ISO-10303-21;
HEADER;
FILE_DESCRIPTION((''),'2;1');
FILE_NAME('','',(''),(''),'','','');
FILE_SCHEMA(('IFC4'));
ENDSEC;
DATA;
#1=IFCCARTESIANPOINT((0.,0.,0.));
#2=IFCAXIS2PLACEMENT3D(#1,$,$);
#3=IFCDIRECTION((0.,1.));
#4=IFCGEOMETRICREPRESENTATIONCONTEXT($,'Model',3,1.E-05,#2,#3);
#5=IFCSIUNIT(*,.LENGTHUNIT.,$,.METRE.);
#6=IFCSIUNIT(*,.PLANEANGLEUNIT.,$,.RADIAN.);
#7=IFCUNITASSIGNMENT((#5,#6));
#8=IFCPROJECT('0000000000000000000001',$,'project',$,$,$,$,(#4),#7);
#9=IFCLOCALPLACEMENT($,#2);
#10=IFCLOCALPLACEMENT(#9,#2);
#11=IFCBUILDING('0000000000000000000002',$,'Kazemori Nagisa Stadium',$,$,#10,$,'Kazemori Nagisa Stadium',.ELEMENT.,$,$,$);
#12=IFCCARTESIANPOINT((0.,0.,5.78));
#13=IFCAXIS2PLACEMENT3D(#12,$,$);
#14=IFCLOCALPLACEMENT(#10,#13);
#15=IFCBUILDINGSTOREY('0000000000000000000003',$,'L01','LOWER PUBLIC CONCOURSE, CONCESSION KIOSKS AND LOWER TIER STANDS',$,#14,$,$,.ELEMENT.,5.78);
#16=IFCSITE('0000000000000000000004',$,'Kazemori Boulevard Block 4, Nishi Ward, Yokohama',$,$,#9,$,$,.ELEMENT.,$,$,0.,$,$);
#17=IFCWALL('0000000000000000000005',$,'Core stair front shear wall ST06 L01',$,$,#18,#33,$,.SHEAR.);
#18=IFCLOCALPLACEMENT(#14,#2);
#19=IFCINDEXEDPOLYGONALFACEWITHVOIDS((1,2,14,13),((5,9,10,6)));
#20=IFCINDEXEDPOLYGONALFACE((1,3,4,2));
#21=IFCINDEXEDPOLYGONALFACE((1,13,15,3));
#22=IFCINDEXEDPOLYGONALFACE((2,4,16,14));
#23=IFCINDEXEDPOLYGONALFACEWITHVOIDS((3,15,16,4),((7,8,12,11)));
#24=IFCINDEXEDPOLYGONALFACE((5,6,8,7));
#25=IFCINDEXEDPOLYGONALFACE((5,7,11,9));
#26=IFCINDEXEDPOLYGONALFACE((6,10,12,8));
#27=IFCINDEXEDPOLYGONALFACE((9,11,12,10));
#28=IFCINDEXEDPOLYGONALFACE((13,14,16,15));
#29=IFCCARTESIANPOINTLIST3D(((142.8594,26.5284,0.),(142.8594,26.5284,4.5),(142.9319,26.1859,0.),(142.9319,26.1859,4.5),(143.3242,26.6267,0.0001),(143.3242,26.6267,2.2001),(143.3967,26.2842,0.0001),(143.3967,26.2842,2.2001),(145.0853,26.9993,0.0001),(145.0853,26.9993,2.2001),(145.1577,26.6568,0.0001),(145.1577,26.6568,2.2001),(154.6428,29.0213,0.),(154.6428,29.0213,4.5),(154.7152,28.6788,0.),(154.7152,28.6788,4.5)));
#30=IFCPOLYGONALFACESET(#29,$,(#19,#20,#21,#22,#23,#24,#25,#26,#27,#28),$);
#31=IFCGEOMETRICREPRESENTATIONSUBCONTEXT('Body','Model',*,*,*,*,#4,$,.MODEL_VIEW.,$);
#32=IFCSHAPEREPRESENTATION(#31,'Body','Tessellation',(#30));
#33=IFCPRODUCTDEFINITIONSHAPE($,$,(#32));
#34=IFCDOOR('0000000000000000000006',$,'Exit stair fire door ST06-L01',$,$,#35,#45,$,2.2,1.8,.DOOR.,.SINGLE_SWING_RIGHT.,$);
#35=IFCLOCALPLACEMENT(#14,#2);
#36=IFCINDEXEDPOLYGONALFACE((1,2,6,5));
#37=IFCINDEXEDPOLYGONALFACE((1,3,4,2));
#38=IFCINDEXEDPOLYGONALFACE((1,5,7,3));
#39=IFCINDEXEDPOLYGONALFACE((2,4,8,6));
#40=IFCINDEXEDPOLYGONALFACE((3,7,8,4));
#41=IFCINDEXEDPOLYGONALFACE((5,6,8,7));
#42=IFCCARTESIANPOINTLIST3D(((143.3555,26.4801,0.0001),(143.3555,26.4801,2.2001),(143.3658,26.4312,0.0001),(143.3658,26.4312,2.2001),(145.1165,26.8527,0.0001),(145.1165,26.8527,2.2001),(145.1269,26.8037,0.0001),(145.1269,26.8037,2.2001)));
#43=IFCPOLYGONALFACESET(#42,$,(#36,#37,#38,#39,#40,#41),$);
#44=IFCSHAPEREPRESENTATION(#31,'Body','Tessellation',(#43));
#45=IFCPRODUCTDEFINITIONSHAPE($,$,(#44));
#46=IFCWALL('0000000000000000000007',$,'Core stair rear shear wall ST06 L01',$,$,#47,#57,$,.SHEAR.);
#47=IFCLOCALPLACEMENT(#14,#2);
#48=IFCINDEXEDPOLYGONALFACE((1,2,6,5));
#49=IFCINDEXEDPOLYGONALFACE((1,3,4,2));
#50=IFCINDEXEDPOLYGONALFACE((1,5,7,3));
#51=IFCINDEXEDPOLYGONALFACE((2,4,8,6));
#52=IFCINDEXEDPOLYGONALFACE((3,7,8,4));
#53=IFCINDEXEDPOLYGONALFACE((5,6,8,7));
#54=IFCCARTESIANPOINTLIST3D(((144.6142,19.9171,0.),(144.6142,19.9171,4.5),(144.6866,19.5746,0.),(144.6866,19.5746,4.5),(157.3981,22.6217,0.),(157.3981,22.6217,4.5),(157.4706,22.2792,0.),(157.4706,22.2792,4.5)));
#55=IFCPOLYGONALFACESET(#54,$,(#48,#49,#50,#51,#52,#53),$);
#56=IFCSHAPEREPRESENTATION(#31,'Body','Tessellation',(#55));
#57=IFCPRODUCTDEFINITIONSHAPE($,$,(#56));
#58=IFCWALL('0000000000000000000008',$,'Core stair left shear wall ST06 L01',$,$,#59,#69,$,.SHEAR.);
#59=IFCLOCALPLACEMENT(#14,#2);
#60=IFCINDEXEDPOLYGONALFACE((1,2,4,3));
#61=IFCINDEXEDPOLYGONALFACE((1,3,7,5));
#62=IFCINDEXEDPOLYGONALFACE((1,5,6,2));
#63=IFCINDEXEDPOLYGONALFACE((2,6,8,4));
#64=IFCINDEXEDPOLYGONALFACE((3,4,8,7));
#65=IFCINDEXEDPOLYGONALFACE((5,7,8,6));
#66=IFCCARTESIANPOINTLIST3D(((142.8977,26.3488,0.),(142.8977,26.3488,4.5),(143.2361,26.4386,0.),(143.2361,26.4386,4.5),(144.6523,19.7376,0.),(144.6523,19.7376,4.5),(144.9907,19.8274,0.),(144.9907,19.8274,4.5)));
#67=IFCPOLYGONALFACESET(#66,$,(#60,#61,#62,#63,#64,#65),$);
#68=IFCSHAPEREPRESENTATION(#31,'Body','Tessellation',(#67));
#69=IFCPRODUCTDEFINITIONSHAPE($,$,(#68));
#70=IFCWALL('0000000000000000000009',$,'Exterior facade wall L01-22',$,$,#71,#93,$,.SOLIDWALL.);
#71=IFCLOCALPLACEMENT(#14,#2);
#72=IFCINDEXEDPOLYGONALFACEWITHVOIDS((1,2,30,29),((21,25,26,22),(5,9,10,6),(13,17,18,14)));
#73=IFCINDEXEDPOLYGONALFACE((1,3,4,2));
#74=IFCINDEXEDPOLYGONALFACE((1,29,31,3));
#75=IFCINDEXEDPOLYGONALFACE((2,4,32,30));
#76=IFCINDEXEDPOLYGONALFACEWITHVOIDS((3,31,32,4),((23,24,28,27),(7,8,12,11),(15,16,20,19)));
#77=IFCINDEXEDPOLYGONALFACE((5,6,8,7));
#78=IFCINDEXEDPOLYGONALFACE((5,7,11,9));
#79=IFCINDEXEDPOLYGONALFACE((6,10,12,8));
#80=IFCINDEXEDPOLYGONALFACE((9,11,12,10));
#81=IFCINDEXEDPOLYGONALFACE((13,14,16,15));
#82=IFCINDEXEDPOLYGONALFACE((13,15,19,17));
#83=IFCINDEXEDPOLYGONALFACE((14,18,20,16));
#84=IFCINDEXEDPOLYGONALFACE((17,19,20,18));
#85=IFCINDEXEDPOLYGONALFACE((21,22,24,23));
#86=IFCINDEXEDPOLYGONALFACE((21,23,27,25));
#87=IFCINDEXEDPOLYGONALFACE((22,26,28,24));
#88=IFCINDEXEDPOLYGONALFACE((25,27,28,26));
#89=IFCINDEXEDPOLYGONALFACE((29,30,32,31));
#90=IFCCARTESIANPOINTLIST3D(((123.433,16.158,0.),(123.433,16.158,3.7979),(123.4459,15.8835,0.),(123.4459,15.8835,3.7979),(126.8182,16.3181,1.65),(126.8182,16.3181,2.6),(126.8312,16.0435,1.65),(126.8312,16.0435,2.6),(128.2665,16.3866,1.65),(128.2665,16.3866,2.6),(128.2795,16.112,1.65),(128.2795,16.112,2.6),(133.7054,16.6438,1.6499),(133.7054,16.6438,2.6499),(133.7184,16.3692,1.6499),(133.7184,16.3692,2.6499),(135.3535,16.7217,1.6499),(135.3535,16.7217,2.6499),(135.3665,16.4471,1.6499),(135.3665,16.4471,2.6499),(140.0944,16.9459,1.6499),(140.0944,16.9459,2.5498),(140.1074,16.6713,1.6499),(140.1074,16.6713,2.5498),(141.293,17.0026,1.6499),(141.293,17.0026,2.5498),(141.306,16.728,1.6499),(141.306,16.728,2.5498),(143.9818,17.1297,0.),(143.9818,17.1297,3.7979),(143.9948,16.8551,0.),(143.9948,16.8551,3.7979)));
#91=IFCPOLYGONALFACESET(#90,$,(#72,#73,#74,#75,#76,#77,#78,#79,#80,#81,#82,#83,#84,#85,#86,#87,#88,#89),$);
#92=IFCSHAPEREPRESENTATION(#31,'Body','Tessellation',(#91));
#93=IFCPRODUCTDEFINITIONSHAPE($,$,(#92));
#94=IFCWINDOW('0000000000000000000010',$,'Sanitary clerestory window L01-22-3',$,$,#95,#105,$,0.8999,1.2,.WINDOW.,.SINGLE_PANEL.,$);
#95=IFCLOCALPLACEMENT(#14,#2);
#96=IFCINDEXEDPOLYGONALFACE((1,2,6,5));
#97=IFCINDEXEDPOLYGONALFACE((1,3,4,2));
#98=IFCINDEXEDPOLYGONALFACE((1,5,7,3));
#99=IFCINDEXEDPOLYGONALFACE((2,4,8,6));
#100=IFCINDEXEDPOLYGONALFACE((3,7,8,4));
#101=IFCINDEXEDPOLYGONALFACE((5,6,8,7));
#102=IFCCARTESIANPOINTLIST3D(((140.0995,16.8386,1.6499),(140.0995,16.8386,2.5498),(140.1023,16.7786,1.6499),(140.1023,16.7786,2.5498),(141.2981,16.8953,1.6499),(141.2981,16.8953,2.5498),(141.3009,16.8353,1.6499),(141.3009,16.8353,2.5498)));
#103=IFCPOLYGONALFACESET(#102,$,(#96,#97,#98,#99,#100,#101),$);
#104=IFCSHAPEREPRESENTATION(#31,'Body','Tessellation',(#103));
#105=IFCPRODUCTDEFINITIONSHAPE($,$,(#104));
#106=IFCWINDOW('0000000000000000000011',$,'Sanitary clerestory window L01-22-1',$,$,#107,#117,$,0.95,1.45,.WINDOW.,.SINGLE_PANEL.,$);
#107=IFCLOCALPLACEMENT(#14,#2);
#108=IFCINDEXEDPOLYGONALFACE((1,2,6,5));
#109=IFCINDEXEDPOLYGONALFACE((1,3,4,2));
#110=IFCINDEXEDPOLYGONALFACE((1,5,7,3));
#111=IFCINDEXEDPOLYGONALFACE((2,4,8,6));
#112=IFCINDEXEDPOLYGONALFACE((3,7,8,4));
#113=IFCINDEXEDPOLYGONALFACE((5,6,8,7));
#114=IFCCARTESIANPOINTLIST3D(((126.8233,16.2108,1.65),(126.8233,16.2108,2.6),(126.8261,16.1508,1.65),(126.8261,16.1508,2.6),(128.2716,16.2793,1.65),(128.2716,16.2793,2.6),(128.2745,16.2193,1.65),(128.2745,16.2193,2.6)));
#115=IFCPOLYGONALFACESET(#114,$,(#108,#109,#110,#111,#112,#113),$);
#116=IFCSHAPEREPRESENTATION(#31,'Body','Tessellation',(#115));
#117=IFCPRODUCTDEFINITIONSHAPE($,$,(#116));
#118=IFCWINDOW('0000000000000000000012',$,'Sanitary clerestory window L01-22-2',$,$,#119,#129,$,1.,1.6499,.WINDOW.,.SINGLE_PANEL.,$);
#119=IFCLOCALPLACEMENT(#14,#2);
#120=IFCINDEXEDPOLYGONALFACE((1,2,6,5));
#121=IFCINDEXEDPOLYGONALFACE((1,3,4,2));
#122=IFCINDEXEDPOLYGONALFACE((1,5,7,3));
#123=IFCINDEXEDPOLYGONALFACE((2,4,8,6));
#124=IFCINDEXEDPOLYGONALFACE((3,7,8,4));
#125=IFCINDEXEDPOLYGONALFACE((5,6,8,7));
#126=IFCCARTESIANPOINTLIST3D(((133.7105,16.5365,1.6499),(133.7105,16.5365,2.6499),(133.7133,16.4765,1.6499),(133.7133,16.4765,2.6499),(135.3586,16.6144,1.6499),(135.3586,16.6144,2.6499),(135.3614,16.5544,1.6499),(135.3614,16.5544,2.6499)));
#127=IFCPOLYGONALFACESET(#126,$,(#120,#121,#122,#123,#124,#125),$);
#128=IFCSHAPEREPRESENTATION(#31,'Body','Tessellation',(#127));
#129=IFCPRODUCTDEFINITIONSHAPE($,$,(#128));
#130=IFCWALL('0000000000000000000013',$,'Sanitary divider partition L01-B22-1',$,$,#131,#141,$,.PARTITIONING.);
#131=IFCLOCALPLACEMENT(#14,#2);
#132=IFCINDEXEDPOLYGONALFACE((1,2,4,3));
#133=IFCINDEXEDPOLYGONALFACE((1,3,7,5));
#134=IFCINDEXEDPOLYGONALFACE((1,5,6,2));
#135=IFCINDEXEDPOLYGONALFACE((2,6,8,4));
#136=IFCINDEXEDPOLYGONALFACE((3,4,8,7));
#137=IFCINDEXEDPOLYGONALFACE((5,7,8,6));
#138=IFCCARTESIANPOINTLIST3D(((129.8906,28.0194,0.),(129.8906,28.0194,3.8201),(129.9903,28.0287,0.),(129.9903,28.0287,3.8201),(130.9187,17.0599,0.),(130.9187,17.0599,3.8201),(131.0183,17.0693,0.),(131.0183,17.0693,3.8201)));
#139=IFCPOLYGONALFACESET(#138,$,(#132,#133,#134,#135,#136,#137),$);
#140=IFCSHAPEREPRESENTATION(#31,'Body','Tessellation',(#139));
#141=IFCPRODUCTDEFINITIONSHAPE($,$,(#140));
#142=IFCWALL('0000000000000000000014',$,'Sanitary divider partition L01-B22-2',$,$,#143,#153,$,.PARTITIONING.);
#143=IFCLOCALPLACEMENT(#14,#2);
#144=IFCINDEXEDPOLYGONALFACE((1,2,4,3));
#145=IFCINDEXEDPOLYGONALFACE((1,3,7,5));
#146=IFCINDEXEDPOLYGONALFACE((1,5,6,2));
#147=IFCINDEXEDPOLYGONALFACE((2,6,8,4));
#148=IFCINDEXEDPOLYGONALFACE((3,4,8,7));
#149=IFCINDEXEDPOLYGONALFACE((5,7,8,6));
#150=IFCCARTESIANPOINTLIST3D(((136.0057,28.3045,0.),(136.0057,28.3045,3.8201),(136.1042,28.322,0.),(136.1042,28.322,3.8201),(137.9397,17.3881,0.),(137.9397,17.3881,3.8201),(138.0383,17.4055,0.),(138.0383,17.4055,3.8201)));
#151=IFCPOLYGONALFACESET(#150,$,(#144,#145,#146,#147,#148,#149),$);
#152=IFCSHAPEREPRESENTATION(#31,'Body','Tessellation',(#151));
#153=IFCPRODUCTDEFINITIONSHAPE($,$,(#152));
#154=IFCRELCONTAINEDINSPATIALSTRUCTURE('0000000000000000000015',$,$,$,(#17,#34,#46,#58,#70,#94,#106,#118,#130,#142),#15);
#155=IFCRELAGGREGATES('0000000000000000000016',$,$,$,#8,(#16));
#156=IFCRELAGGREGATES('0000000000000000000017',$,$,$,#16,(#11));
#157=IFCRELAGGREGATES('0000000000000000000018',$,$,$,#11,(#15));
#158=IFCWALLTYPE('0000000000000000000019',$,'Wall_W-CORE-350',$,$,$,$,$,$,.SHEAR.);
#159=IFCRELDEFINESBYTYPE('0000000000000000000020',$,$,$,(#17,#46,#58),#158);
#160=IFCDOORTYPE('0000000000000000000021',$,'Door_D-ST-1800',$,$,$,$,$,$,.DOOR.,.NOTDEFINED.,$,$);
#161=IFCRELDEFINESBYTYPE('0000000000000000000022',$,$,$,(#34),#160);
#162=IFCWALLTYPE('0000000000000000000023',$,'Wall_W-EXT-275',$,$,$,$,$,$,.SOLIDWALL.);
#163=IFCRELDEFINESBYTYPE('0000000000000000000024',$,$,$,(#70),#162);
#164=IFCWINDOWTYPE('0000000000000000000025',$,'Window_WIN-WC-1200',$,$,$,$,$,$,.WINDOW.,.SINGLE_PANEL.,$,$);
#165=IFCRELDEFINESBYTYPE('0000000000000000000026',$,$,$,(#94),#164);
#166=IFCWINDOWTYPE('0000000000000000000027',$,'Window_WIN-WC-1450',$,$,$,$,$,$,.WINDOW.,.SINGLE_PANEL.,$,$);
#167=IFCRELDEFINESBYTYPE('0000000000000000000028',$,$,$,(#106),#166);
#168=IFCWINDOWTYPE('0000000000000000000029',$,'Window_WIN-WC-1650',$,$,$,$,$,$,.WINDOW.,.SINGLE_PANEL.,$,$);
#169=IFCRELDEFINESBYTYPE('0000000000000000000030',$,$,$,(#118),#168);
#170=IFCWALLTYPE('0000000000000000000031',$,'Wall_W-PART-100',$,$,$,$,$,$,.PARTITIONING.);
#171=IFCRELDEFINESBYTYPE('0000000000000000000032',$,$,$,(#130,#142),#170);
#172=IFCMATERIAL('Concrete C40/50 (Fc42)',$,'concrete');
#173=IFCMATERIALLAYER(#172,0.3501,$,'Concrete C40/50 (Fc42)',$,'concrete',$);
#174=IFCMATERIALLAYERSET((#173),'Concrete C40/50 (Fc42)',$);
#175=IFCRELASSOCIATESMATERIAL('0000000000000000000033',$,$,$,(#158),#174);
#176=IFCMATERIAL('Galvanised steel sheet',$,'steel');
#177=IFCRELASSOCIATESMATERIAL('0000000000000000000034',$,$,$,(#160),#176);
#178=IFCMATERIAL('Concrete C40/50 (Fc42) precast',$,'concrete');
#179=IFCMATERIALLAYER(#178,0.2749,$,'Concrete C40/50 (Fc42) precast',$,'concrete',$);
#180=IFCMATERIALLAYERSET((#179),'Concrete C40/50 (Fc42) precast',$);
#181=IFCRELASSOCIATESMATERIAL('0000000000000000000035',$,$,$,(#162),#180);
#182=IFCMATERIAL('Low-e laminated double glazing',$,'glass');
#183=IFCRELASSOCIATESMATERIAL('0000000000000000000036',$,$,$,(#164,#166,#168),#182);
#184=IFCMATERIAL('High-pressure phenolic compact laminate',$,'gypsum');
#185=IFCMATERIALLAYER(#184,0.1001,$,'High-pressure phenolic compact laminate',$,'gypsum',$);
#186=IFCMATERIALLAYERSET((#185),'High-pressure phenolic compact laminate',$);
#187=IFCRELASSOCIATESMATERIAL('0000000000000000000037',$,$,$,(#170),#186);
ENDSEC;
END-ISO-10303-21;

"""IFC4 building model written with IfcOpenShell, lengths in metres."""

from ifc_helpers import new_model, si_unit, direction, frame, frame_2d, origin, place, context, subcontext, project, spatial, rectangle, extrude, material, layer, layer_set, type_object, element, fill, save


model = new_model("IFC4")

# Units and contexts
model_context = context("Model", 3, precision=1e-05, world=origin(), true_north=direction((0.0, 1.0)))
body_context = subcontext(model_context, "Body", "Model", "MODEL_VIEW")
ifc_project = project(units=[si_unit("LENGTHUNIT", "METRE"), si_unit("PLANEANGLEUNIT", "RADIAN")], contexts=[model_context])

# Site, building, storey
site_placement = place(None, origin())
site = spatial("IfcSite", under=ifc_project, at=site_placement, Name="Kazemori Boulevard Block 4, Nishi Ward, Yokohama", CompositionType="ELEMENT", RefElevation=0.0)
building_placement = place(site_placement, origin())
building = spatial("IfcBuilding", under=site, at=building_placement, Name="Kazemori Nagisa Stadium", LongName="Kazemori Nagisa Stadium", CompositionType="ELEMENT")
storey_placement = place(building_placement, frame((0.0, 0.0, 5.78)))
storey = spatial("IfcBuildingStorey", under=building, at=storey_placement, Name="L01", Description="LOWER PUBLIC CONCOURSE, CONCESSION KIOSKS AND LOWER TIER STANDS", CompositionType="ELEMENT", Elevation=5.78)

# Shared definitions
ifc_material_1 = material(Name="Concrete C40/50 (Fc42)", Category="concrete")

# Wall, opening, door
ifc_layer_1 = layer(ifc_material_1, 0.3501, Name="Concrete C40/50 (Fc42)", Category="concrete")
ifc_layer_set_1 = layer_set([ifc_layer_1], Name="Concrete C40/50 (Fc42)")
wall_type_1 = type_object("IfcWallType", Name="Wall_W-CORE-350", PredefinedType="SHEAR", material=ifc_layer_set_1)
wall_1_placement = place(storey_placement, frame((142.8958, 26.3572, 0.0), z_axis=(0.0, 0.0, 1.0), x_axis=(0.978345, 0.20698, 0.0)))
wall_1 = element("IfcWall", 1, at=wall_1_placement, inside=storey, type_object=wall_type_1, Name="Core stair front shear wall ST06 L01", PredefinedType="SHEAR", context=body_context, shape_type="SweptSolid", body=[
    extrude(rectangle(XDim=12.0442, YDim=0.3501, at=frame_2d((6.022, 0.0))), origin(), (0.0, 0.0, 1.0), 4.5),
])
opening_1_placement = place(wall_1_placement, frame((0.4751, 0.0, 0.0)))
opening_1 = element("IfcOpeningElement", 2, at=opening_1_placement, cuts=wall_1, PredefinedType="OPENING", context=body_context, shape_type="SweptSolid", body=[
    extrude(rectangle(XDim=1.8, YDim=2.2, at=frame_2d((0.8999, 1.1001))), frame((0.0, 0.1851, 0.0), z_axis=(0.0, -1.0, 0.0), x_axis=(1.0, 0.0, 0.0)), (0.0, 0.0, 1.0), 0.3701),
])
ifc_material_2 = material(Name="Galvanised steel sheet", Category="steel")
door_type_1 = type_object("IfcDoorType", Name="Door_D-ST-1800", OperationType="NOTDEFINED", PredefinedType="DOOR", material=ifc_material_2)
door_1_placement = place(opening_1_placement, frame((1.8, 0.0, 0.0), z_axis=(0.0, 0.0, 1.0), x_axis=(-1.0, 0.0, 0.0)))
door_1 = element("IfcDoor", 3, at=door_1_placement, inside=storey, type_object=door_type_1, Name="Exit stair fire door ST06-L01", OperationType="SINGLE_SWING_RIGHT", OverallHeight=2.2, OverallWidth=1.8, PredefinedType="DOOR", context=body_context, shape_type="SweptSolid", body=[
    extrude(rectangle(XDim=1.8, YDim=2.2, at=frame_2d((0.8999, 1.1001))), frame((0.0, 0.0249, 0.0), z_axis=(0.0, -1.0, 0.0), x_axis=(1.0, 0.0, 0.0)), (0.0, 0.0, 1.0), 0.05),
])
fill(opening_1, door_1)

# Walls
wall_2_placement = place(storey_placement, frame((144.6504, 19.7458, 0.0), z_axis=(0.0, 0.0, 1.0), x_axis=(0.978345, 0.20698, 0.0)))
element("IfcWall", 4, at=wall_2_placement, inside=storey, type_object=wall_type_1, Name="Core stair rear shear wall ST06 L01", PredefinedType="SHEAR", context=body_context, shape_type="SweptSolid", body=[
    extrude(rectangle(XDim=13.0669, YDim=0.3501, at=frame_2d((6.5334, 0.0))), origin(), (0.0, 0.0, 1.0), 4.5),
])
wall_3_placement = place(storey_placement, frame((143.0669, 26.3936, 0.0), z_axis=(0.0, 0.0, 1.0), x_axis=(0.256518, -0.966539, 0.0)))
element("IfcWall", 5, at=wall_3_placement, inside=storey, type_object=wall_type_1, Name="Core stair left shear wall ST06 L01", PredefinedType="SHEAR", context=body_context, shape_type="SweptSolid", body=[
    extrude(rectangle(XDim=6.8401, YDim=0.3501, at=frame_2d((3.4199, 0.0))), origin(), (0.0, 0.0, 1.0), 4.5),
])

# Wall, openings, windows
ifc_material_3 = material(Name="Concrete C40/50 (Fc42) precast", Category="concrete")
ifc_layer_2 = layer(ifc_material_3, 0.2749, Name="Concrete C40/50 (Fc42) precast", Category="concrete")
ifc_layer_set_2 = layer_set([ifc_layer_2], Name="Concrete C40/50 (Fc42) precast")
wall_type_2 = type_object("IfcWallType", Name="Wall_W-EXT-275", PredefinedType="SOLIDWALL", material=ifc_layer_set_2)
wall_4_placement = place(storey_placement, frame((123.4395, 16.0208, 0.0), z_axis=(0.0, 0.0, 1.0), x_axis=(0.998884, 0.047234, 0.0)))
wall_4 = element("IfcWall", 6, at=wall_4_placement, inside=storey, type_object=wall_type_2, Name="Exterior facade wall L01-22", PredefinedType="SOLIDWALL", context=body_context, shape_type="SweptSolid", body=[
    extrude(rectangle(XDim=20.5718, YDim=0.2749, at=frame_2d((10.2859, 0.0))), origin(), (0.0, 0.0, 1.0), 3.7979),
])
opening_2_placement = place(wall_4_placement, frame((3.3889, 0.0, 1.6499)))
opening_2 = element("IfcOpeningElement", 7, at=opening_2_placement, cuts=wall_4, PredefinedType="OPENING", context=body_context, shape_type="SweptSolid", body=[
    extrude(rectangle(XDim=1.45, YDim=0.95, at=frame_2d((0.7251, 0.4751))), frame((0.0, 0.1475, 0.0), z_axis=(0.0, -1.0, 0.0), x_axis=(1.0, 0.0, 0.0)), (0.0, 0.0, 1.0), 0.2949),
])
opening_3_placement = place(wall_4_placement, frame((10.2839, 0.0, 1.6499)))
opening_3 = element("IfcOpeningElement", 8, at=opening_3_placement, cuts=wall_4, PredefinedType="OPENING", context=body_context, shape_type="SweptSolid", body=[
    extrude(rectangle(XDim=1.6499, YDim=1.0, at=frame_2d((0.825, 0.5))), frame((0.0, 0.1475, 0.0), z_axis=(0.0, -1.0, 0.0), x_axis=(1.0, 0.0, 0.0)), (0.0, 0.0, 1.0), 0.2949),
])
opening_4_placement = place(wall_4_placement, frame((16.6799, 0.0, 1.6499)))
opening_4 = element("IfcOpeningElement", 9, at=opening_4_placement, cuts=wall_4, PredefinedType="OPENING", context=body_context, shape_type="SweptSolid", body=[
    extrude(rectangle(XDim=1.2, YDim=0.8999, at=frame_2d((0.6001, 0.45))), frame((0.0, 0.1475, 0.0), z_axis=(0.0, -1.0, 0.0), x_axis=(1.0, 0.0, 0.0)), (0.0, 0.0, 1.0), 0.2949),
])
ifc_material_4 = material(Name="Low-e laminated double glazing", Category="glass")
window_type_1 = type_object("IfcWindowType", Name="Window_WIN-WC-1200", PartitioningType="SINGLE_PANEL", PredefinedType="WINDOW", material=ifc_material_4)
window_1_placement = place(opening_4_placement, origin())
window_1 = element("IfcWindow", 10, at=window_1_placement, inside=storey, type_object=window_type_1, Name="Sanitary clerestory window L01-22-3", OverallHeight=0.8999, OverallWidth=1.2, PartitioningType="SINGLE_PANEL", PredefinedType="WINDOW", context=body_context, shape_type="SweptSolid", body=[
    extrude(rectangle(XDim=1.2, YDim=0.8999, at=frame_2d((0.6001, 0.45))), frame((0.0, 0.03, 0.0), z_axis=(0.0, -1.0, 0.0), x_axis=(1.0, 0.0, 0.0)), (0.0, 0.0, 1.0), 0.0601),
])
fill(opening_4, window_1)
window_type_2 = type_object("IfcWindowType", Name="Window_WIN-WC-1450", PartitioningType="SINGLE_PANEL", PredefinedType="WINDOW", material=ifc_material_4)
window_2_placement = place(opening_2_placement, origin())
window_2 = element("IfcWindow", 11, at=window_2_placement, inside=storey, type_object=window_type_2, Name="Sanitary clerestory window L01-22-1", OverallHeight=0.95, OverallWidth=1.45, PartitioningType="SINGLE_PANEL", PredefinedType="WINDOW", context=body_context, shape_type="SweptSolid", body=[
    extrude(rectangle(XDim=1.45, YDim=0.95, at=frame_2d((0.7251, 0.4751))), frame((0.0, 0.03, 0.0), z_axis=(0.0, -1.0, 0.0), x_axis=(1.0, 0.0, 0.0)), (0.0, 0.0, 1.0), 0.0601),
])
fill(opening_2, window_2)
window_type_3 = type_object("IfcWindowType", Name="Window_WIN-WC-1650", PartitioningType="SINGLE_PANEL", PredefinedType="WINDOW", material=ifc_material_4)
window_3_placement = place(opening_3_placement, origin())
window_3 = element("IfcWindow", 12, at=window_3_placement, inside=storey, type_object=window_type_3, Name="Sanitary clerestory window L01-22-2", OverallHeight=1.0, OverallWidth=1.6499, PartitioningType="SINGLE_PANEL", PredefinedType="WINDOW", context=body_context, shape_type="SweptSolid", body=[
    extrude(rectangle(XDim=1.6499, YDim=1.0, at=frame_2d((0.825, 0.5))), frame((0.0, 0.03, 0.0), z_axis=(0.0, -1.0, 0.0), x_axis=(1.0, 0.0, 0.0)), (0.0, 0.0, 1.0), 0.0601),
])
fill(opening_3, window_3)

# Walls
ifc_material_5 = material(Name="High-pressure phenolic compact laminate", Category="gypsum")
ifc_layer_3 = layer(ifc_material_5, 0.1001, Name="High-pressure phenolic compact laminate", Category="gypsum")
ifc_layer_set_3 = layer_set([ifc_layer_3], Name="High-pressure phenolic compact laminate")
wall_type_3 = type_object("IfcWallType", Name="Wall_W-PART-100", PredefinedType="PARTITIONING", material=ifc_layer_set_3)
wall_5_placement = place(storey_placement, frame((129.9404, 28.0242, 0.0), z_axis=(0.0, 0.0, 1.0), x_axis=(0.093397, -0.995629, 0.0)))
element("IfcWall", 13, at=wall_5_placement, inside=storey, type_object=wall_type_3, Name="Sanitary divider partition L01-B22-1", PredefinedType="PARTITIONING", context=body_context, shape_type="SweptSolid", body=[
    extrude(rectangle(XDim=11.0076, YDim=0.1001, at=frame_2d((5.5039, 0.0))), origin(), (0.0, 0.0, 1.0), 3.8201),
])
wall_6_placement = place(storey_placement, frame((136.0549, 28.3132, 0.0), z_axis=(0.0, 0.0, 1.0), x_axis=(0.174454, -0.984665, 0.0)))
element("IfcWall", 14, at=wall_6_placement, inside=storey, type_object=wall_type_3, Name="Sanitary divider partition L01-B22-2", PredefinedType="PARTITIONING", context=body_context, shape_type="SweptSolid", body=[
    extrude(rectangle(XDim=11.0864, YDim=0.1001, at=frame_2d((5.5432, 0.0))), origin(), (0.0, 0.0, 1.0), 3.8201),
])

save(model, "model.ifc")
